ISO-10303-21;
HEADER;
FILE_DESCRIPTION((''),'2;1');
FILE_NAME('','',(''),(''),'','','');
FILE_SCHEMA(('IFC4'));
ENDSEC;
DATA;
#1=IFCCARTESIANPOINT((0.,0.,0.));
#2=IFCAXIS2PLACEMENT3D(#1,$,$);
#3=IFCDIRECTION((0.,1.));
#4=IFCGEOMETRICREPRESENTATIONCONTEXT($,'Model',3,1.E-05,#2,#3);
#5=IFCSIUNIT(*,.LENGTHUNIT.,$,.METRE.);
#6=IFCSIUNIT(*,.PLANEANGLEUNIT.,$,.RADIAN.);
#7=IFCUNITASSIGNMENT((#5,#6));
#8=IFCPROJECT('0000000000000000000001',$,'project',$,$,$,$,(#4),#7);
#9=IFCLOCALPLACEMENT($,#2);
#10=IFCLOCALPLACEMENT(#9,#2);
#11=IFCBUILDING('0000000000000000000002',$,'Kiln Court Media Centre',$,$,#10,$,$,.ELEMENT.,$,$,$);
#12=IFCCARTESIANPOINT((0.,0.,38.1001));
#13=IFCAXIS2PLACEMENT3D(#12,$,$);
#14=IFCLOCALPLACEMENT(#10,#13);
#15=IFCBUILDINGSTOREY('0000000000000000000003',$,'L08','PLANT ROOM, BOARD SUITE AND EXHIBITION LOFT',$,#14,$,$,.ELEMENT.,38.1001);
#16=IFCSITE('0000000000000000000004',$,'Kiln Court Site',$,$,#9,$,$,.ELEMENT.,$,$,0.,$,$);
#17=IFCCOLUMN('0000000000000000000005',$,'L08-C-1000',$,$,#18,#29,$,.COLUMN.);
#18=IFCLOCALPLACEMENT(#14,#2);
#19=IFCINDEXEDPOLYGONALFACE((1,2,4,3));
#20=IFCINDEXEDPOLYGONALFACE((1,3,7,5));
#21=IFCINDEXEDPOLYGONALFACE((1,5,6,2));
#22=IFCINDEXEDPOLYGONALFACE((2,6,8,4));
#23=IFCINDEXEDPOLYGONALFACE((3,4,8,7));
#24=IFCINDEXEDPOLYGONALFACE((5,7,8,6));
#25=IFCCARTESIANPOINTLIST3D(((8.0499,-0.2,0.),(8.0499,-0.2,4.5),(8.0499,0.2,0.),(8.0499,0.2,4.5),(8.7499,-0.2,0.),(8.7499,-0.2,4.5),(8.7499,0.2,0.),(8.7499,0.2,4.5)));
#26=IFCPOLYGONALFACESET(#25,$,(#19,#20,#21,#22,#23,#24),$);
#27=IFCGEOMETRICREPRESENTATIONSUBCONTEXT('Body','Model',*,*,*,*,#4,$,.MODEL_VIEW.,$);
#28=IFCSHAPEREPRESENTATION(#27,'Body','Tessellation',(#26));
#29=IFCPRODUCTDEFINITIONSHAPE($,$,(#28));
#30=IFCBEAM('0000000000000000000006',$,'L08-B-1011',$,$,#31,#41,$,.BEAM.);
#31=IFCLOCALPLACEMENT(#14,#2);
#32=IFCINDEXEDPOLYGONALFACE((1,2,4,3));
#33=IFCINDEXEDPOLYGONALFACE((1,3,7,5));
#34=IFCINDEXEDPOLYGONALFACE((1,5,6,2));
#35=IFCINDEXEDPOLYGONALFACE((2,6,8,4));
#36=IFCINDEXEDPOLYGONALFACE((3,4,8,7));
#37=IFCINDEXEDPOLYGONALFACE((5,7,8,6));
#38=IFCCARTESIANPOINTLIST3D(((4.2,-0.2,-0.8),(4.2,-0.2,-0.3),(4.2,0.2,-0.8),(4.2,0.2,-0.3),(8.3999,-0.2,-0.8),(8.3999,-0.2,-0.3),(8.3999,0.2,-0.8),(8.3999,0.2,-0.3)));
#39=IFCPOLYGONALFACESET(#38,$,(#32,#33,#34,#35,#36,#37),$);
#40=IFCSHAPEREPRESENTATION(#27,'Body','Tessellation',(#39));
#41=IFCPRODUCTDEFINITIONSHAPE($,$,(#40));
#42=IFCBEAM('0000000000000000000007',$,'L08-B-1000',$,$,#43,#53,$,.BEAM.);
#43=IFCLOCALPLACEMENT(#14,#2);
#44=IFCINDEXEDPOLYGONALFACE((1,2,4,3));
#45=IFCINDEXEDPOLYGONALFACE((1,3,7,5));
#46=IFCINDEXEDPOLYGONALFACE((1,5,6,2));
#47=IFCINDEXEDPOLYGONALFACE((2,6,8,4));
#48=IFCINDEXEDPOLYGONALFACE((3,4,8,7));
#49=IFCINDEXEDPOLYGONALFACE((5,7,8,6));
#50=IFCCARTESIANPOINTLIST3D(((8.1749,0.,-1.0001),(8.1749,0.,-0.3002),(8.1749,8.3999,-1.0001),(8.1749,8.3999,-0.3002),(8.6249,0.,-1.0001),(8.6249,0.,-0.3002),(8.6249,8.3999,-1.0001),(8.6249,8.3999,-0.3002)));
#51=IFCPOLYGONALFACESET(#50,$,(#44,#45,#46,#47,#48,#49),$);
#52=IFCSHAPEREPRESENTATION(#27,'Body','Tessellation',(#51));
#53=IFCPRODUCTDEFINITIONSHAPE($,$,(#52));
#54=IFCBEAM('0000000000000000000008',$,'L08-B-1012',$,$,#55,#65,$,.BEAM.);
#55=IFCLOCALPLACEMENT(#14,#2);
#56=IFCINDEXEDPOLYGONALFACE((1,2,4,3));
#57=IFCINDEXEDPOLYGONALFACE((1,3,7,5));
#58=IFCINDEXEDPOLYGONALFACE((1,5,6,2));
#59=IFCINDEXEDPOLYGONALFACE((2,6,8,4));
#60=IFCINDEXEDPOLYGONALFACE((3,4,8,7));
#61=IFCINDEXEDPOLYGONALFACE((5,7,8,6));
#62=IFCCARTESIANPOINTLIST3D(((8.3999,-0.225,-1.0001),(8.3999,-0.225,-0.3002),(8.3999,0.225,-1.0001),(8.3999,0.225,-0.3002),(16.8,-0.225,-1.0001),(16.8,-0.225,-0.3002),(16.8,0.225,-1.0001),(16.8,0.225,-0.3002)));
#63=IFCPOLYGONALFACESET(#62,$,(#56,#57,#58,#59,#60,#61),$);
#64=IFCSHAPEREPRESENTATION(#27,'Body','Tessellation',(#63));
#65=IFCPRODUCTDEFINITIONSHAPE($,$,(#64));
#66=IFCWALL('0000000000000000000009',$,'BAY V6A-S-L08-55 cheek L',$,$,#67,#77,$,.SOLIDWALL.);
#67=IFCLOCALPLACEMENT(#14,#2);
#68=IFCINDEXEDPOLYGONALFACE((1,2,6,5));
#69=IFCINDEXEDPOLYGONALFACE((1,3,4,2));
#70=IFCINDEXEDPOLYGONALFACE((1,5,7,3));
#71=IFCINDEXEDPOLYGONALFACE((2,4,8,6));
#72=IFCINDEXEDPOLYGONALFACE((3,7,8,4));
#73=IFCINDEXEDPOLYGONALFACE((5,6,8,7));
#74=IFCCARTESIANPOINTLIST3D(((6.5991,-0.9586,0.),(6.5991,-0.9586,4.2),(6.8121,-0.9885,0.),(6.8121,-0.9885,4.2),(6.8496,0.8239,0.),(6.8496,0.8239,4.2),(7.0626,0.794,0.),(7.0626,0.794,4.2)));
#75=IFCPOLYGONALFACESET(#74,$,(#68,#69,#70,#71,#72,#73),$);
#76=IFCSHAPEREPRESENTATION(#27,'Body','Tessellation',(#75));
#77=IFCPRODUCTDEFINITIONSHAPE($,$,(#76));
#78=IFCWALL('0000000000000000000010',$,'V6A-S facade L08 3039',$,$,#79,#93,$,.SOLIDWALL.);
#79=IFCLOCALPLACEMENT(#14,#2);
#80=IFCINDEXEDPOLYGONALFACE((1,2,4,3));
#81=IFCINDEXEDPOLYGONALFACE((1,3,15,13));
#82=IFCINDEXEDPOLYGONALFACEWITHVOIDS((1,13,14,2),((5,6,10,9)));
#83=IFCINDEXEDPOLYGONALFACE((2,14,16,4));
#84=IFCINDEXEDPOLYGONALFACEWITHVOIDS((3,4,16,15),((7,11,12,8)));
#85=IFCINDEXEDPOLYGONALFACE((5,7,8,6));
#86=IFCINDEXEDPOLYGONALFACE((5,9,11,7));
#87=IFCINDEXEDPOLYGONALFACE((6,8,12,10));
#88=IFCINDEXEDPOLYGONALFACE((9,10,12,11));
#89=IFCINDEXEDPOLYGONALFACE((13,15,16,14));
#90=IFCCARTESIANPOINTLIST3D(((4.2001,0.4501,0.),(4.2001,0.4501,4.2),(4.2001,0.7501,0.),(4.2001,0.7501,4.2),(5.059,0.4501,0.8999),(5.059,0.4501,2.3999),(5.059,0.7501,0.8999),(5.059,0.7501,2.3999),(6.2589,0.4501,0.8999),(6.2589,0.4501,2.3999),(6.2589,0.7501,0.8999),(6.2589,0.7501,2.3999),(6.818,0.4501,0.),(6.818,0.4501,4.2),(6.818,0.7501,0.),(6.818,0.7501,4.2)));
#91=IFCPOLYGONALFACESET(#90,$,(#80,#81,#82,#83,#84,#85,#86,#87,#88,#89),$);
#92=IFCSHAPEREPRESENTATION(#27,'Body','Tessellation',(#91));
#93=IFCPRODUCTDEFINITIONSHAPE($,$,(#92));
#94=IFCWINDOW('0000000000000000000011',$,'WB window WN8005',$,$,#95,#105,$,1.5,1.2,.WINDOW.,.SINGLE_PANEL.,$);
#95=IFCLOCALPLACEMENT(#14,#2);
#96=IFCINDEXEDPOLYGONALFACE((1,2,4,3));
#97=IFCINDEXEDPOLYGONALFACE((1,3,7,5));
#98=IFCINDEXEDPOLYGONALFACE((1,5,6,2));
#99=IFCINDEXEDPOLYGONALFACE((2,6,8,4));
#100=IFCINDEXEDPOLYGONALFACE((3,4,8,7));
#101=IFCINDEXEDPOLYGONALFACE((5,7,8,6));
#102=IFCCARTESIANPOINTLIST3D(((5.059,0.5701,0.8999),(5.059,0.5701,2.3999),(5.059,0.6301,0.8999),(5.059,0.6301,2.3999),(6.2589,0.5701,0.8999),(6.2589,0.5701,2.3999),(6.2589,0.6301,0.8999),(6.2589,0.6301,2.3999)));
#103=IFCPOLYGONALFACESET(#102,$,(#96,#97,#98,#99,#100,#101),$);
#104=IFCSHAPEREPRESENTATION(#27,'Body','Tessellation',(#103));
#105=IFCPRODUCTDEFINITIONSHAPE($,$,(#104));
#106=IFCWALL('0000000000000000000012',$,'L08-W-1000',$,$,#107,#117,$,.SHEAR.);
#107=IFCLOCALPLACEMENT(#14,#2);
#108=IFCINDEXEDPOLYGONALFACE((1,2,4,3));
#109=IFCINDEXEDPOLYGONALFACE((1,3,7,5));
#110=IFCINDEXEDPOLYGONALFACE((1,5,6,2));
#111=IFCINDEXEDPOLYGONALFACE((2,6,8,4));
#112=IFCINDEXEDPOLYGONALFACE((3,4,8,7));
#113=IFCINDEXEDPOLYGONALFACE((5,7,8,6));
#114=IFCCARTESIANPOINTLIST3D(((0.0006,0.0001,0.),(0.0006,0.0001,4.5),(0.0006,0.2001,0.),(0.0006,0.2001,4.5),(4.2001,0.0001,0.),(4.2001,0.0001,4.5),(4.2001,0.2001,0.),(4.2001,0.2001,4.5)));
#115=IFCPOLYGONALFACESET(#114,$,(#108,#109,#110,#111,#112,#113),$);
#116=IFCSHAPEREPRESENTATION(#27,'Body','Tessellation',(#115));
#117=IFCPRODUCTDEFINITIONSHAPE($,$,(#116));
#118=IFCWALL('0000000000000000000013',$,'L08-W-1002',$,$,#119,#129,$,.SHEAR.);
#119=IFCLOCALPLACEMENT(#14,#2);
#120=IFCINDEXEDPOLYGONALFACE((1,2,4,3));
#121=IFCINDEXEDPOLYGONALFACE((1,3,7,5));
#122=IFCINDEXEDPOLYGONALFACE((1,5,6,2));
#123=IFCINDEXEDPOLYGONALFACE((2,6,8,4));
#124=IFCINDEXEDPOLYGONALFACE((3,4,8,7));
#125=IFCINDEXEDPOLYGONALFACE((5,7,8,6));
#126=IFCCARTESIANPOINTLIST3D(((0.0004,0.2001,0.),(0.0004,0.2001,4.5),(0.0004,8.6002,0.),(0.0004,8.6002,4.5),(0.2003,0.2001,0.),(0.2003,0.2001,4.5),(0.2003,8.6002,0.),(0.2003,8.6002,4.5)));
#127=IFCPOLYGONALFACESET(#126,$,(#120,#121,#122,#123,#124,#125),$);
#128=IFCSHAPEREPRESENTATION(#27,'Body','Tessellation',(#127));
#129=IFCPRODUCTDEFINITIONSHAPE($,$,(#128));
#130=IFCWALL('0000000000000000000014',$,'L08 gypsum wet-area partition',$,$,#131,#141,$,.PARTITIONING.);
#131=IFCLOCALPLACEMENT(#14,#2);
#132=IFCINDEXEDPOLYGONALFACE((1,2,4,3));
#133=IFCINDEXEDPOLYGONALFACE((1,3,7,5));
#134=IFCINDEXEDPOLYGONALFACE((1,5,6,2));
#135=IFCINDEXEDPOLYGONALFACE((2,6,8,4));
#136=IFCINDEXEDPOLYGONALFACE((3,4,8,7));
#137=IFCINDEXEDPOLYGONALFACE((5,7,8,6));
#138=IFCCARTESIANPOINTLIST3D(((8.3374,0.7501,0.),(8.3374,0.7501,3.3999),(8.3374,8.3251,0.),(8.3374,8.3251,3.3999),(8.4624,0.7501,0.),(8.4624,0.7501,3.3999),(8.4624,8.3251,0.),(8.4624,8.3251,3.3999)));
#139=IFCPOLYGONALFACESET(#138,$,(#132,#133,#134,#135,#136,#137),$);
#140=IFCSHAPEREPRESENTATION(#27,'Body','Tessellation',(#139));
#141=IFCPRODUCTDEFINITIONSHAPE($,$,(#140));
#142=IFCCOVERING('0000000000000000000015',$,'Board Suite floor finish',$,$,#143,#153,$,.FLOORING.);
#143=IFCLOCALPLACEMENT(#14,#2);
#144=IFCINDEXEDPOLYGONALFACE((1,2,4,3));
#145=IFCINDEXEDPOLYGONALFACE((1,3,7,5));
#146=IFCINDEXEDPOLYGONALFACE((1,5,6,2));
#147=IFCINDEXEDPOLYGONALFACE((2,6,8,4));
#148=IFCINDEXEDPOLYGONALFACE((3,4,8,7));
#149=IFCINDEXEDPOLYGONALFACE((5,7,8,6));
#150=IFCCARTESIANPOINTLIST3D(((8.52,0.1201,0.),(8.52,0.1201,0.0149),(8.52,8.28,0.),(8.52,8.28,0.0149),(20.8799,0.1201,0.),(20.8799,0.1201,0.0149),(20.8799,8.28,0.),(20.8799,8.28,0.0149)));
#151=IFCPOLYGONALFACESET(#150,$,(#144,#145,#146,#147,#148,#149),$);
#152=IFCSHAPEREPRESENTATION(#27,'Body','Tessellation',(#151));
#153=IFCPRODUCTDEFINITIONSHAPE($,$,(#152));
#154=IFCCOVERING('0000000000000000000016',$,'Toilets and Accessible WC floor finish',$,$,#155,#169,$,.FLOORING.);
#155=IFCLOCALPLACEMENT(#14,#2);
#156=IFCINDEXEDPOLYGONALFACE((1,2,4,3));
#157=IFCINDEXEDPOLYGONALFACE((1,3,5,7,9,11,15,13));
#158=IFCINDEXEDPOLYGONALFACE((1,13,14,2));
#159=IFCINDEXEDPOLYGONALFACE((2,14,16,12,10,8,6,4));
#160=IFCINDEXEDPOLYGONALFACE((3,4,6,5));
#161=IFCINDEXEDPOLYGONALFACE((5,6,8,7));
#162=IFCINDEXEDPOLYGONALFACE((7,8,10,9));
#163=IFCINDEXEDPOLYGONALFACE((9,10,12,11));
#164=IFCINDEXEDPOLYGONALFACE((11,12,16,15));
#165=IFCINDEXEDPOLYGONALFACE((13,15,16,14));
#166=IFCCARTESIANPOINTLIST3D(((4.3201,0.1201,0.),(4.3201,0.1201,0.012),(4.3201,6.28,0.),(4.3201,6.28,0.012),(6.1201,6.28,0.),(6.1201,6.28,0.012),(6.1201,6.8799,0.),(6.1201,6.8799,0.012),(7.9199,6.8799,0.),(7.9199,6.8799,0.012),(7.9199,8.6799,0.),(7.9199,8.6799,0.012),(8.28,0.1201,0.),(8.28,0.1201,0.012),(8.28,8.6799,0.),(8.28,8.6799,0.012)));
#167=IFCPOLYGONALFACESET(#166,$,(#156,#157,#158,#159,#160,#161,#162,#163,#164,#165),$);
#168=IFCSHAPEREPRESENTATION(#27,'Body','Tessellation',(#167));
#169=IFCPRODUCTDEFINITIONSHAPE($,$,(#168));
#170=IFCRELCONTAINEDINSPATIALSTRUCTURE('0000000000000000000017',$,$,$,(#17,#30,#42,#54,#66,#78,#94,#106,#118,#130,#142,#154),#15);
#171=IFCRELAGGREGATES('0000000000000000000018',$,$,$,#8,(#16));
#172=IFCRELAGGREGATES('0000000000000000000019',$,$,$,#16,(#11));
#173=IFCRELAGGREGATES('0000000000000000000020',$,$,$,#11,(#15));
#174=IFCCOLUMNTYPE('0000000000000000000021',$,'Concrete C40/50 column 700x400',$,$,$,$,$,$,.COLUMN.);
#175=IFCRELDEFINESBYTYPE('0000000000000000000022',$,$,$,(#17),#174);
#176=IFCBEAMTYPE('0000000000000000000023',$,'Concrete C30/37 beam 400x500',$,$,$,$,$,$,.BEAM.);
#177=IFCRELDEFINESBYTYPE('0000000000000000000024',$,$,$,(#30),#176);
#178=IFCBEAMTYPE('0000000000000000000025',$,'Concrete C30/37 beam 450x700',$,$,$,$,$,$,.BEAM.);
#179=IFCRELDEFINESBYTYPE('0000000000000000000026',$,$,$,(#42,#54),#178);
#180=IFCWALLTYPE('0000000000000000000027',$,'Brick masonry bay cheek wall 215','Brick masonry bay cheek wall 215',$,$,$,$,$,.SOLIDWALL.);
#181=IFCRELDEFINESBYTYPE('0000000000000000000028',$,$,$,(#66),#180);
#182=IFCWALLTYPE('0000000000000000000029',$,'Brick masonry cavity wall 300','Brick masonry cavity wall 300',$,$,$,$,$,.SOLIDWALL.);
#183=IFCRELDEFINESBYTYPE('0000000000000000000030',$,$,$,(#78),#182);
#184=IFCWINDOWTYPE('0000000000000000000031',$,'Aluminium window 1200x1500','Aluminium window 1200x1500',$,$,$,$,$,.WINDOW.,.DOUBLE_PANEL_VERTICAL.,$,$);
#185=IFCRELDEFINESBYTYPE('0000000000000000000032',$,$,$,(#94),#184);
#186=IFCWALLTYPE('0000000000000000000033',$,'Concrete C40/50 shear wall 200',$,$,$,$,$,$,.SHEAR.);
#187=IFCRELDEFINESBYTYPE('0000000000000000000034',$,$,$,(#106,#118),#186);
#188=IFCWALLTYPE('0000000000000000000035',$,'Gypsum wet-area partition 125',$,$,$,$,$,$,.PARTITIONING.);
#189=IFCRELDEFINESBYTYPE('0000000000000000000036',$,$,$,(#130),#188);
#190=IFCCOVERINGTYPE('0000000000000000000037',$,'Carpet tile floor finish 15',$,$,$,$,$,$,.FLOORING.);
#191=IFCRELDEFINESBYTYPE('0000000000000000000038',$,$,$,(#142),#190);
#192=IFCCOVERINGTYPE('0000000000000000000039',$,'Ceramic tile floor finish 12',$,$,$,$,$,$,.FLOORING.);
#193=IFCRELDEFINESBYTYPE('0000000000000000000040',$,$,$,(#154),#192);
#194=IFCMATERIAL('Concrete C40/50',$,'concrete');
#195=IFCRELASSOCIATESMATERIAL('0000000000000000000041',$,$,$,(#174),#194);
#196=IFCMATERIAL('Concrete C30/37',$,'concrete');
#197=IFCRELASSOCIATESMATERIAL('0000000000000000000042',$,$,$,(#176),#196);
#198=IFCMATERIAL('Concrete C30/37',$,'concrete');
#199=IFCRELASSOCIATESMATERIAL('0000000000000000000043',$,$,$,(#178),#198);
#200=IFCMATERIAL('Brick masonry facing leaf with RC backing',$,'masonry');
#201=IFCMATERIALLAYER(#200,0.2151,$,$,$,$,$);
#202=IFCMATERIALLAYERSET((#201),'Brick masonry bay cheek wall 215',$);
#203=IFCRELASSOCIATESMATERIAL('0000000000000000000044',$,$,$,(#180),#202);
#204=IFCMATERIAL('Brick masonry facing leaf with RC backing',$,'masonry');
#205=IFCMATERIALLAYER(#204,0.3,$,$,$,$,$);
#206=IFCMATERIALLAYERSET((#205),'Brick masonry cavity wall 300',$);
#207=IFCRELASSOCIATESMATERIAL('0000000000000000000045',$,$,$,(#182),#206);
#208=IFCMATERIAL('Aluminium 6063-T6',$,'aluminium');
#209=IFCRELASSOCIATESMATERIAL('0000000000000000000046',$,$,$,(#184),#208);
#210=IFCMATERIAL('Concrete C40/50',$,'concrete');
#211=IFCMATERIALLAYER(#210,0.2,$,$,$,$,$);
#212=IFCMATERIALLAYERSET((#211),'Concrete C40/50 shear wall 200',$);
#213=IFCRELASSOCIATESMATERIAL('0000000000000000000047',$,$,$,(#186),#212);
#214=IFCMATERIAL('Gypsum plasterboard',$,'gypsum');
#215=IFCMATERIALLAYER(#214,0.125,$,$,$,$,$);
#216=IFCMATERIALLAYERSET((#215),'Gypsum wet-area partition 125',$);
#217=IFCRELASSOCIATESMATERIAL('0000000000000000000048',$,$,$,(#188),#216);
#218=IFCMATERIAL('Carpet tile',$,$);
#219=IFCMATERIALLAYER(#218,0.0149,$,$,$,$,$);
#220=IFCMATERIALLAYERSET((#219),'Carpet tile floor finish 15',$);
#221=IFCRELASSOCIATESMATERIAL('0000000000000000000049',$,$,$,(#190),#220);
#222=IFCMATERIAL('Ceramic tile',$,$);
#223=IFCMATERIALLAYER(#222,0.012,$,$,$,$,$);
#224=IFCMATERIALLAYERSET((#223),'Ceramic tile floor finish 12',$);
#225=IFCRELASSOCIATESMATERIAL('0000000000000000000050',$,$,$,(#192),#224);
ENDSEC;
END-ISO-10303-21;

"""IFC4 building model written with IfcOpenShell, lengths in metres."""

from ifc_helpers import new_model, si_unit, direction, frame, frame_2d, origin, origin_2d, place, context, subcontext, project, spatial, polyline, rectangle, outline, extrude, material, layer, layer_set, material_profile, profile_set, type_object, element, fill, save


model = new_model("IFC4")

# Units and contexts
model_context = context("Model", 3, precision=1e-05, world=origin(), true_north=direction((0.0, 1.0)))
body_context = subcontext(model_context, "Body", "Model", "MODEL_VIEW")
ifc_project = project(units=[si_unit("LENGTHUNIT", "METRE"), si_unit("PLANEANGLEUNIT", "RADIAN")], contexts=[model_context])

# Site, building, storey
site_placement = place(None, origin())
site = spatial("IfcSite", under=ifc_project, at=site_placement, Name="Kiln Court Site", CompositionType="ELEMENT", RefElevation=0.0)
building_placement = place(site_placement, origin())
building = spatial("IfcBuilding", under=site, at=building_placement, Name="Kiln Court Media Centre", CompositionType="ELEMENT")
storey_placement = place(building_placement, frame((0.0, 0.0, 38.1001)))
storey = spatial("IfcBuildingStorey", under=building, at=storey_placement, Name="L08", Description="PLANT ROOM, BOARD SUITE AND EXHIBITION LOFT", CompositionType="ELEMENT", Elevation=38.1001)

# Column
ifc_material_1 = material(Name="Concrete C40/50", Category="concrete")
ifc_material_profile_1 = material_profile(ifc_material_1, rectangle(XDim=0.7, YDim=0.3999, at=origin_2d()), Name="RC 700x400")
ifc_profile_set_1 = profile_set([ifc_material_profile_1], Name="Concrete C40/50")
column_type = type_object("IfcColumnType", Name="Concrete C40/50 column 700x400", PredefinedType="COLUMN", material=ifc_profile_set_1)
column_placement = place(storey_placement, frame((8.3999, 0.0, 0.0), z_axis=(0.0, 0.0, 1.0), x_axis=(1.0, 0.0, 0.0)))
element("IfcColumn", 1, at=column_placement, inside=storey, type_object=column_type, Name="L08-C-1000", PredefinedType="COLUMN", context=body_context, shape_type="SweptSolid", body=[
    extrude(rectangle(XDim=0.7, YDim=0.3999, at=origin_2d()), origin(), (0.0, 0.0, 1.0), 4.5),
])

# Beams
ifc_material_2 = material(Name="Concrete C30/37", Category="concrete")
ifc_material_profile_2 = material_profile(ifc_material_2, rectangle(XDim=0.3999, YDim=0.5, at=origin_2d()), Name="RC 400x500")
ifc_profile_set_2 = profile_set([ifc_material_profile_2], Name="Concrete C30/37")
beam_type_1 = type_object("IfcBeamType", Name="Concrete C30/37 beam 400x500", PredefinedType="BEAM", material=ifc_profile_set_2)
beam_1_placement = place(storey_placement, frame((4.2, 0.0, -0.55), z_axis=(1.0, 0.0, 0.0), x_axis=(0.0, 1.0, 0.0)))
element("IfcBeam", 2, at=beam_1_placement, inside=storey, type_object=beam_type_1, Name="L08-B-1011", PredefinedType="BEAM", context=body_context, shape_type="SweptSolid", body=[
    extrude(rectangle(XDim=0.3999, YDim=0.5, at=origin_2d()), origin(), (0.0, 0.0, 1.0), 4.2),
])
ifc_material_3 = material(Name="Concrete C30/37", Category="concrete")
ifc_material_profile_3 = material_profile(ifc_material_3, rectangle(XDim=0.45, YDim=0.7, at=origin_2d()), Name="RC 450x700")
ifc_profile_set_3 = profile_set([ifc_material_profile_3], Name="Concrete C30/37")
beam_type_2 = type_object("IfcBeamType", Name="Concrete C30/37 beam 450x700", PredefinedType="BEAM", material=ifc_profile_set_3)
beam_2_placement = place(storey_placement, frame((8.3999, 0.0, -0.6501), z_axis=(0.0, 1.0, 0.0), x_axis=(-1.0, 0.0, 0.0)))
element("IfcBeam", 3, at=beam_2_placement, inside=storey, type_object=beam_type_2, Name="L08-B-1000", PredefinedType="BEAM", context=body_context, shape_type="SweptSolid", body=[
    extrude(rectangle(XDim=0.45, YDim=0.7, at=origin_2d()), origin(), (0.0, 0.0, 1.0), 8.3999),
])
beam_3_placement = place(storey_placement, frame((8.3999, 0.0, -0.6501), z_axis=(1.0, 0.0, 0.0), x_axis=(0.0, 1.0, 0.0)))
element("IfcBeam", 4, at=beam_3_placement, inside=storey, type_object=beam_type_2, Name="L08-B-1012", PredefinedType="BEAM", context=body_context, shape_type="SweptSolid", body=[
    extrude(rectangle(XDim=0.45, YDim=0.7, at=origin_2d()), origin(), (0.0, 0.0, 1.0), 8.4001),
])

# Wall
ifc_material_4 = material(Name="Brick masonry facing leaf with RC backing", Category="masonry")
ifc_layer_1 = layer(ifc_material_4, 0.2151)
ifc_layer_set_1 = layer_set([ifc_layer_1], Name="Brick masonry bay cheek wall 215")
wall_type_1 = type_object("IfcWallType", Name="Brick masonry bay cheek wall 215", Description="Brick masonry bay cheek wall 215", PredefinedType="SOLIDWALL", material=ifc_layer_set_1)
wall_1_placement = place(storey_placement, frame((6.9561, 0.8088, 0.0), z_axis=(0.0, 0.0, 1.0), x_axis=(-0.139161, -0.99027, 0.0)))
element("IfcWall", 5, at=wall_1_placement, inside=storey, type_object=wall_type_1, Name="BAY V6A-S-L08-55 cheek L", PredefinedType="SOLIDWALL", context=body_context, shape_type="SweptSolid", body=[
    extrude(rectangle(XDim=1.8, YDim=0.2151, at=frame_2d((0.8999, 0.0))), origin(), (0.0, 0.0, 1.0), 4.2),
])

# Wall, opening, window
ifc_material_5 = material(Name="Brick masonry facing leaf with RC backing", Category="masonry")
ifc_layer_2 = layer(ifc_material_5, 0.3)
ifc_layer_set_2 = layer_set([ifc_layer_2], Name="Brick masonry cavity wall 300")
wall_type_2 = type_object("IfcWallType", Name="Brick masonry cavity wall 300", Description="Brick masonry cavity wall 300", PredefinedType="SOLIDWALL", material=ifc_layer_set_2)
wall_2_placement = place(storey_placement, frame((6.8181, 0.6001, 0.0), z_axis=(0.0, 0.0, 1.0), x_axis=(-1.0, 0.0, 0.0)))
wall_2 = element("IfcWall", 6, at=wall_2_placement, inside=storey, type_object=wall_type_2, Name="V6A-S facade L08 3039", PredefinedType="SOLIDWALL", context=body_context, shape_type="SweptSolid", body=[
    extrude(rectangle(XDim=2.6179, YDim=0.3, at=frame_2d((1.3091, 0.0))), origin(), (0.0, 0.0, 1.0), 4.2),
])
opening_placement = place(wall_2_placement, frame((0.5591, 0.0, 0.8999)))
opening = element("IfcOpeningElement", 7, at=opening_placement, cuts=wall_2, PredefinedType="OPENING", context=body_context, shape_type="SweptSolid", body=[
    extrude(rectangle(XDim=1.2, YDim=1.5, at=frame_2d((0.6001, 0.75))), frame((0.0, 0.1599, 0.0), z_axis=(0.0, -1.0, 0.0), x_axis=(1.0, 0.0, 0.0)), (0.0, 0.0, 1.0), 0.3201),
])
ifc_material_6 = material(Name="Aluminium 6063-T6", Category="aluminium")
window_type = type_object("IfcWindowType", Name="Aluminium window 1200x1500", Description="Aluminium window 1200x1500", PartitioningType="DOUBLE_PANEL_VERTICAL", PredefinedType="WINDOW", material=ifc_material_6)
window_placement = place(opening_placement, origin())
window = element("IfcWindow", 8, at=window_placement, inside=storey, type_object=window_type, Name="WB window WN8005", OverallHeight=1.5, OverallWidth=1.2, PartitioningType="SINGLE_PANEL", PredefinedType="WINDOW", context=body_context, shape_type="SweptSolid", body=[
    extrude(rectangle(XDim=1.2, YDim=1.5, at=frame_2d((0.6001, 0.75))), frame((0.0, 0.03, 0.0), z_axis=(0.0, -1.0, 0.0), x_axis=(1.0, 0.0, 0.0)), (0.0, 0.0, 1.0), 0.0601),
])
fill(opening, window)

# Walls
ifc_material_7 = material(Name="Concrete C40/50", Category="concrete")
ifc_layer_3 = layer(ifc_material_7, 0.2)
ifc_layer_set_3 = layer_set([ifc_layer_3], Name="Concrete C40/50 shear wall 200")
wall_type_3 = type_object("IfcWallType", Name="Concrete C40/50 shear wall 200", PredefinedType="SHEAR", material=ifc_layer_set_3)
wall_3_placement = place(storey_placement, frame((4.2, 0.1001, 0.0), z_axis=(0.0, 0.0, 1.0), x_axis=(-1.0, 0.0, 0.0)))
element("IfcWall", 9, at=wall_3_placement, inside=storey, type_object=wall_type_3, Name="L08-W-1000", PredefinedType="SHEAR", context=body_context, shape_type="SweptSolid", body=[
    extrude(rectangle(XDim=4.1995, YDim=0.2, at=frame_2d((2.0996, 0.0))), origin(), (0.0, 0.0, 1.0), 4.5),
])
wall_4_placement = place(storey_placement, frame((0.1003, 0.2, 0.0), z_axis=(0.0, 0.0, 1.0), x_axis=(0.0, 1.0, 0.0)))
element("IfcWall", 10, at=wall_4_placement, inside=storey, type_object=wall_type_3, Name="L08-W-1002", PredefinedType="SHEAR", context=body_context, shape_type="SweptSolid", body=[
    extrude(rectangle(XDim=8.4001, YDim=0.2, at=frame_2d((4.2002, 0.0))), origin(), (0.0, 0.0, 1.0), 4.5),
])
ifc_material_8 = material(Name="Gypsum plasterboard", Category="gypsum")
ifc_layer_4 = layer(ifc_material_8, 0.125)
ifc_layer_set_4 = layer_set([ifc_layer_4], Name="Gypsum wet-area partition 125")
wall_type_4 = type_object("IfcWallType", Name="Gypsum wet-area partition 125", PredefinedType="PARTITIONING", material=ifc_layer_set_4)
wall_5_placement = place(storey_placement, frame((8.3999, 0.75, 0.0), z_axis=(0.0, 0.0, 1.0), x_axis=(0.0, 1.0, 0.0)))
element("IfcWall", 11, at=wall_5_placement, inside=storey, type_object=wall_type_4, Name="L08 gypsum wet-area partition", PredefinedType="PARTITIONING", context=body_context, shape_type="SweptSolid", body=[
    extrude(rectangle(XDim=7.575, YDim=0.125, at=frame_2d((3.7876, 0.0))), origin(), (0.0, 0.0, 1.0), 3.3999),
])

# Coverings
ifc_material_9 = material(Name="Carpet tile")
ifc_layer_5 = layer(ifc_material_9, 0.0149)
ifc_layer_set_5 = layer_set([ifc_layer_5], Name="Carpet tile floor finish 15")
covering_type_1 = type_object("IfcCoveringType", Name="Carpet tile floor finish 15", PredefinedType="FLOORING", material=ifc_layer_set_5)
covering_1_placement = place(storey_placement, origin())
element("IfcCovering", 12, at=covering_1_placement, inside=storey, type_object=covering_type_1, Name="Board Suite floor finish", PredefinedType="FLOORING", context=body_context, shape_type="SweptSolid", body=[
    extrude(outline(polyline([(8.52, 0.1201), (20.8799, 0.1201), (20.8799, 8.28), (8.52, 8.28), (8.52, 0.1201)])), origin(), (0.0, 0.0, 1.0), 0.0149),
])
ifc_material_10 = material(Name="Ceramic tile")
ifc_layer_6 = layer(ifc_material_10, 0.012)
ifc_layer_set_6 = layer_set([ifc_layer_6], Name="Ceramic tile floor finish 12")
covering_type_2 = type_object("IfcCoveringType", Name="Ceramic tile floor finish 12", PredefinedType="FLOORING", material=ifc_layer_set_6)
covering_2_placement = place(storey_placement, origin())
element("IfcCovering", 13, at=covering_2_placement, inside=storey, type_object=covering_type_2, Name="Toilets and Accessible WC floor finish", PredefinedType="FLOORING", context=body_context, shape_type="SweptSolid", body=[
    extrude(outline(polyline([(8.28, 8.6799), (7.9199, 8.6799), (7.9199, 6.8799), (6.1201, 6.8799), (6.1201, 6.28), (4.3201, 6.28), (4.3201, 0.1201), (8.28, 0.1201), (8.28, 8.6799)])), origin(), (0.0, 0.0, 1.0), 0.012),
])

save(model, "model.ifc")
